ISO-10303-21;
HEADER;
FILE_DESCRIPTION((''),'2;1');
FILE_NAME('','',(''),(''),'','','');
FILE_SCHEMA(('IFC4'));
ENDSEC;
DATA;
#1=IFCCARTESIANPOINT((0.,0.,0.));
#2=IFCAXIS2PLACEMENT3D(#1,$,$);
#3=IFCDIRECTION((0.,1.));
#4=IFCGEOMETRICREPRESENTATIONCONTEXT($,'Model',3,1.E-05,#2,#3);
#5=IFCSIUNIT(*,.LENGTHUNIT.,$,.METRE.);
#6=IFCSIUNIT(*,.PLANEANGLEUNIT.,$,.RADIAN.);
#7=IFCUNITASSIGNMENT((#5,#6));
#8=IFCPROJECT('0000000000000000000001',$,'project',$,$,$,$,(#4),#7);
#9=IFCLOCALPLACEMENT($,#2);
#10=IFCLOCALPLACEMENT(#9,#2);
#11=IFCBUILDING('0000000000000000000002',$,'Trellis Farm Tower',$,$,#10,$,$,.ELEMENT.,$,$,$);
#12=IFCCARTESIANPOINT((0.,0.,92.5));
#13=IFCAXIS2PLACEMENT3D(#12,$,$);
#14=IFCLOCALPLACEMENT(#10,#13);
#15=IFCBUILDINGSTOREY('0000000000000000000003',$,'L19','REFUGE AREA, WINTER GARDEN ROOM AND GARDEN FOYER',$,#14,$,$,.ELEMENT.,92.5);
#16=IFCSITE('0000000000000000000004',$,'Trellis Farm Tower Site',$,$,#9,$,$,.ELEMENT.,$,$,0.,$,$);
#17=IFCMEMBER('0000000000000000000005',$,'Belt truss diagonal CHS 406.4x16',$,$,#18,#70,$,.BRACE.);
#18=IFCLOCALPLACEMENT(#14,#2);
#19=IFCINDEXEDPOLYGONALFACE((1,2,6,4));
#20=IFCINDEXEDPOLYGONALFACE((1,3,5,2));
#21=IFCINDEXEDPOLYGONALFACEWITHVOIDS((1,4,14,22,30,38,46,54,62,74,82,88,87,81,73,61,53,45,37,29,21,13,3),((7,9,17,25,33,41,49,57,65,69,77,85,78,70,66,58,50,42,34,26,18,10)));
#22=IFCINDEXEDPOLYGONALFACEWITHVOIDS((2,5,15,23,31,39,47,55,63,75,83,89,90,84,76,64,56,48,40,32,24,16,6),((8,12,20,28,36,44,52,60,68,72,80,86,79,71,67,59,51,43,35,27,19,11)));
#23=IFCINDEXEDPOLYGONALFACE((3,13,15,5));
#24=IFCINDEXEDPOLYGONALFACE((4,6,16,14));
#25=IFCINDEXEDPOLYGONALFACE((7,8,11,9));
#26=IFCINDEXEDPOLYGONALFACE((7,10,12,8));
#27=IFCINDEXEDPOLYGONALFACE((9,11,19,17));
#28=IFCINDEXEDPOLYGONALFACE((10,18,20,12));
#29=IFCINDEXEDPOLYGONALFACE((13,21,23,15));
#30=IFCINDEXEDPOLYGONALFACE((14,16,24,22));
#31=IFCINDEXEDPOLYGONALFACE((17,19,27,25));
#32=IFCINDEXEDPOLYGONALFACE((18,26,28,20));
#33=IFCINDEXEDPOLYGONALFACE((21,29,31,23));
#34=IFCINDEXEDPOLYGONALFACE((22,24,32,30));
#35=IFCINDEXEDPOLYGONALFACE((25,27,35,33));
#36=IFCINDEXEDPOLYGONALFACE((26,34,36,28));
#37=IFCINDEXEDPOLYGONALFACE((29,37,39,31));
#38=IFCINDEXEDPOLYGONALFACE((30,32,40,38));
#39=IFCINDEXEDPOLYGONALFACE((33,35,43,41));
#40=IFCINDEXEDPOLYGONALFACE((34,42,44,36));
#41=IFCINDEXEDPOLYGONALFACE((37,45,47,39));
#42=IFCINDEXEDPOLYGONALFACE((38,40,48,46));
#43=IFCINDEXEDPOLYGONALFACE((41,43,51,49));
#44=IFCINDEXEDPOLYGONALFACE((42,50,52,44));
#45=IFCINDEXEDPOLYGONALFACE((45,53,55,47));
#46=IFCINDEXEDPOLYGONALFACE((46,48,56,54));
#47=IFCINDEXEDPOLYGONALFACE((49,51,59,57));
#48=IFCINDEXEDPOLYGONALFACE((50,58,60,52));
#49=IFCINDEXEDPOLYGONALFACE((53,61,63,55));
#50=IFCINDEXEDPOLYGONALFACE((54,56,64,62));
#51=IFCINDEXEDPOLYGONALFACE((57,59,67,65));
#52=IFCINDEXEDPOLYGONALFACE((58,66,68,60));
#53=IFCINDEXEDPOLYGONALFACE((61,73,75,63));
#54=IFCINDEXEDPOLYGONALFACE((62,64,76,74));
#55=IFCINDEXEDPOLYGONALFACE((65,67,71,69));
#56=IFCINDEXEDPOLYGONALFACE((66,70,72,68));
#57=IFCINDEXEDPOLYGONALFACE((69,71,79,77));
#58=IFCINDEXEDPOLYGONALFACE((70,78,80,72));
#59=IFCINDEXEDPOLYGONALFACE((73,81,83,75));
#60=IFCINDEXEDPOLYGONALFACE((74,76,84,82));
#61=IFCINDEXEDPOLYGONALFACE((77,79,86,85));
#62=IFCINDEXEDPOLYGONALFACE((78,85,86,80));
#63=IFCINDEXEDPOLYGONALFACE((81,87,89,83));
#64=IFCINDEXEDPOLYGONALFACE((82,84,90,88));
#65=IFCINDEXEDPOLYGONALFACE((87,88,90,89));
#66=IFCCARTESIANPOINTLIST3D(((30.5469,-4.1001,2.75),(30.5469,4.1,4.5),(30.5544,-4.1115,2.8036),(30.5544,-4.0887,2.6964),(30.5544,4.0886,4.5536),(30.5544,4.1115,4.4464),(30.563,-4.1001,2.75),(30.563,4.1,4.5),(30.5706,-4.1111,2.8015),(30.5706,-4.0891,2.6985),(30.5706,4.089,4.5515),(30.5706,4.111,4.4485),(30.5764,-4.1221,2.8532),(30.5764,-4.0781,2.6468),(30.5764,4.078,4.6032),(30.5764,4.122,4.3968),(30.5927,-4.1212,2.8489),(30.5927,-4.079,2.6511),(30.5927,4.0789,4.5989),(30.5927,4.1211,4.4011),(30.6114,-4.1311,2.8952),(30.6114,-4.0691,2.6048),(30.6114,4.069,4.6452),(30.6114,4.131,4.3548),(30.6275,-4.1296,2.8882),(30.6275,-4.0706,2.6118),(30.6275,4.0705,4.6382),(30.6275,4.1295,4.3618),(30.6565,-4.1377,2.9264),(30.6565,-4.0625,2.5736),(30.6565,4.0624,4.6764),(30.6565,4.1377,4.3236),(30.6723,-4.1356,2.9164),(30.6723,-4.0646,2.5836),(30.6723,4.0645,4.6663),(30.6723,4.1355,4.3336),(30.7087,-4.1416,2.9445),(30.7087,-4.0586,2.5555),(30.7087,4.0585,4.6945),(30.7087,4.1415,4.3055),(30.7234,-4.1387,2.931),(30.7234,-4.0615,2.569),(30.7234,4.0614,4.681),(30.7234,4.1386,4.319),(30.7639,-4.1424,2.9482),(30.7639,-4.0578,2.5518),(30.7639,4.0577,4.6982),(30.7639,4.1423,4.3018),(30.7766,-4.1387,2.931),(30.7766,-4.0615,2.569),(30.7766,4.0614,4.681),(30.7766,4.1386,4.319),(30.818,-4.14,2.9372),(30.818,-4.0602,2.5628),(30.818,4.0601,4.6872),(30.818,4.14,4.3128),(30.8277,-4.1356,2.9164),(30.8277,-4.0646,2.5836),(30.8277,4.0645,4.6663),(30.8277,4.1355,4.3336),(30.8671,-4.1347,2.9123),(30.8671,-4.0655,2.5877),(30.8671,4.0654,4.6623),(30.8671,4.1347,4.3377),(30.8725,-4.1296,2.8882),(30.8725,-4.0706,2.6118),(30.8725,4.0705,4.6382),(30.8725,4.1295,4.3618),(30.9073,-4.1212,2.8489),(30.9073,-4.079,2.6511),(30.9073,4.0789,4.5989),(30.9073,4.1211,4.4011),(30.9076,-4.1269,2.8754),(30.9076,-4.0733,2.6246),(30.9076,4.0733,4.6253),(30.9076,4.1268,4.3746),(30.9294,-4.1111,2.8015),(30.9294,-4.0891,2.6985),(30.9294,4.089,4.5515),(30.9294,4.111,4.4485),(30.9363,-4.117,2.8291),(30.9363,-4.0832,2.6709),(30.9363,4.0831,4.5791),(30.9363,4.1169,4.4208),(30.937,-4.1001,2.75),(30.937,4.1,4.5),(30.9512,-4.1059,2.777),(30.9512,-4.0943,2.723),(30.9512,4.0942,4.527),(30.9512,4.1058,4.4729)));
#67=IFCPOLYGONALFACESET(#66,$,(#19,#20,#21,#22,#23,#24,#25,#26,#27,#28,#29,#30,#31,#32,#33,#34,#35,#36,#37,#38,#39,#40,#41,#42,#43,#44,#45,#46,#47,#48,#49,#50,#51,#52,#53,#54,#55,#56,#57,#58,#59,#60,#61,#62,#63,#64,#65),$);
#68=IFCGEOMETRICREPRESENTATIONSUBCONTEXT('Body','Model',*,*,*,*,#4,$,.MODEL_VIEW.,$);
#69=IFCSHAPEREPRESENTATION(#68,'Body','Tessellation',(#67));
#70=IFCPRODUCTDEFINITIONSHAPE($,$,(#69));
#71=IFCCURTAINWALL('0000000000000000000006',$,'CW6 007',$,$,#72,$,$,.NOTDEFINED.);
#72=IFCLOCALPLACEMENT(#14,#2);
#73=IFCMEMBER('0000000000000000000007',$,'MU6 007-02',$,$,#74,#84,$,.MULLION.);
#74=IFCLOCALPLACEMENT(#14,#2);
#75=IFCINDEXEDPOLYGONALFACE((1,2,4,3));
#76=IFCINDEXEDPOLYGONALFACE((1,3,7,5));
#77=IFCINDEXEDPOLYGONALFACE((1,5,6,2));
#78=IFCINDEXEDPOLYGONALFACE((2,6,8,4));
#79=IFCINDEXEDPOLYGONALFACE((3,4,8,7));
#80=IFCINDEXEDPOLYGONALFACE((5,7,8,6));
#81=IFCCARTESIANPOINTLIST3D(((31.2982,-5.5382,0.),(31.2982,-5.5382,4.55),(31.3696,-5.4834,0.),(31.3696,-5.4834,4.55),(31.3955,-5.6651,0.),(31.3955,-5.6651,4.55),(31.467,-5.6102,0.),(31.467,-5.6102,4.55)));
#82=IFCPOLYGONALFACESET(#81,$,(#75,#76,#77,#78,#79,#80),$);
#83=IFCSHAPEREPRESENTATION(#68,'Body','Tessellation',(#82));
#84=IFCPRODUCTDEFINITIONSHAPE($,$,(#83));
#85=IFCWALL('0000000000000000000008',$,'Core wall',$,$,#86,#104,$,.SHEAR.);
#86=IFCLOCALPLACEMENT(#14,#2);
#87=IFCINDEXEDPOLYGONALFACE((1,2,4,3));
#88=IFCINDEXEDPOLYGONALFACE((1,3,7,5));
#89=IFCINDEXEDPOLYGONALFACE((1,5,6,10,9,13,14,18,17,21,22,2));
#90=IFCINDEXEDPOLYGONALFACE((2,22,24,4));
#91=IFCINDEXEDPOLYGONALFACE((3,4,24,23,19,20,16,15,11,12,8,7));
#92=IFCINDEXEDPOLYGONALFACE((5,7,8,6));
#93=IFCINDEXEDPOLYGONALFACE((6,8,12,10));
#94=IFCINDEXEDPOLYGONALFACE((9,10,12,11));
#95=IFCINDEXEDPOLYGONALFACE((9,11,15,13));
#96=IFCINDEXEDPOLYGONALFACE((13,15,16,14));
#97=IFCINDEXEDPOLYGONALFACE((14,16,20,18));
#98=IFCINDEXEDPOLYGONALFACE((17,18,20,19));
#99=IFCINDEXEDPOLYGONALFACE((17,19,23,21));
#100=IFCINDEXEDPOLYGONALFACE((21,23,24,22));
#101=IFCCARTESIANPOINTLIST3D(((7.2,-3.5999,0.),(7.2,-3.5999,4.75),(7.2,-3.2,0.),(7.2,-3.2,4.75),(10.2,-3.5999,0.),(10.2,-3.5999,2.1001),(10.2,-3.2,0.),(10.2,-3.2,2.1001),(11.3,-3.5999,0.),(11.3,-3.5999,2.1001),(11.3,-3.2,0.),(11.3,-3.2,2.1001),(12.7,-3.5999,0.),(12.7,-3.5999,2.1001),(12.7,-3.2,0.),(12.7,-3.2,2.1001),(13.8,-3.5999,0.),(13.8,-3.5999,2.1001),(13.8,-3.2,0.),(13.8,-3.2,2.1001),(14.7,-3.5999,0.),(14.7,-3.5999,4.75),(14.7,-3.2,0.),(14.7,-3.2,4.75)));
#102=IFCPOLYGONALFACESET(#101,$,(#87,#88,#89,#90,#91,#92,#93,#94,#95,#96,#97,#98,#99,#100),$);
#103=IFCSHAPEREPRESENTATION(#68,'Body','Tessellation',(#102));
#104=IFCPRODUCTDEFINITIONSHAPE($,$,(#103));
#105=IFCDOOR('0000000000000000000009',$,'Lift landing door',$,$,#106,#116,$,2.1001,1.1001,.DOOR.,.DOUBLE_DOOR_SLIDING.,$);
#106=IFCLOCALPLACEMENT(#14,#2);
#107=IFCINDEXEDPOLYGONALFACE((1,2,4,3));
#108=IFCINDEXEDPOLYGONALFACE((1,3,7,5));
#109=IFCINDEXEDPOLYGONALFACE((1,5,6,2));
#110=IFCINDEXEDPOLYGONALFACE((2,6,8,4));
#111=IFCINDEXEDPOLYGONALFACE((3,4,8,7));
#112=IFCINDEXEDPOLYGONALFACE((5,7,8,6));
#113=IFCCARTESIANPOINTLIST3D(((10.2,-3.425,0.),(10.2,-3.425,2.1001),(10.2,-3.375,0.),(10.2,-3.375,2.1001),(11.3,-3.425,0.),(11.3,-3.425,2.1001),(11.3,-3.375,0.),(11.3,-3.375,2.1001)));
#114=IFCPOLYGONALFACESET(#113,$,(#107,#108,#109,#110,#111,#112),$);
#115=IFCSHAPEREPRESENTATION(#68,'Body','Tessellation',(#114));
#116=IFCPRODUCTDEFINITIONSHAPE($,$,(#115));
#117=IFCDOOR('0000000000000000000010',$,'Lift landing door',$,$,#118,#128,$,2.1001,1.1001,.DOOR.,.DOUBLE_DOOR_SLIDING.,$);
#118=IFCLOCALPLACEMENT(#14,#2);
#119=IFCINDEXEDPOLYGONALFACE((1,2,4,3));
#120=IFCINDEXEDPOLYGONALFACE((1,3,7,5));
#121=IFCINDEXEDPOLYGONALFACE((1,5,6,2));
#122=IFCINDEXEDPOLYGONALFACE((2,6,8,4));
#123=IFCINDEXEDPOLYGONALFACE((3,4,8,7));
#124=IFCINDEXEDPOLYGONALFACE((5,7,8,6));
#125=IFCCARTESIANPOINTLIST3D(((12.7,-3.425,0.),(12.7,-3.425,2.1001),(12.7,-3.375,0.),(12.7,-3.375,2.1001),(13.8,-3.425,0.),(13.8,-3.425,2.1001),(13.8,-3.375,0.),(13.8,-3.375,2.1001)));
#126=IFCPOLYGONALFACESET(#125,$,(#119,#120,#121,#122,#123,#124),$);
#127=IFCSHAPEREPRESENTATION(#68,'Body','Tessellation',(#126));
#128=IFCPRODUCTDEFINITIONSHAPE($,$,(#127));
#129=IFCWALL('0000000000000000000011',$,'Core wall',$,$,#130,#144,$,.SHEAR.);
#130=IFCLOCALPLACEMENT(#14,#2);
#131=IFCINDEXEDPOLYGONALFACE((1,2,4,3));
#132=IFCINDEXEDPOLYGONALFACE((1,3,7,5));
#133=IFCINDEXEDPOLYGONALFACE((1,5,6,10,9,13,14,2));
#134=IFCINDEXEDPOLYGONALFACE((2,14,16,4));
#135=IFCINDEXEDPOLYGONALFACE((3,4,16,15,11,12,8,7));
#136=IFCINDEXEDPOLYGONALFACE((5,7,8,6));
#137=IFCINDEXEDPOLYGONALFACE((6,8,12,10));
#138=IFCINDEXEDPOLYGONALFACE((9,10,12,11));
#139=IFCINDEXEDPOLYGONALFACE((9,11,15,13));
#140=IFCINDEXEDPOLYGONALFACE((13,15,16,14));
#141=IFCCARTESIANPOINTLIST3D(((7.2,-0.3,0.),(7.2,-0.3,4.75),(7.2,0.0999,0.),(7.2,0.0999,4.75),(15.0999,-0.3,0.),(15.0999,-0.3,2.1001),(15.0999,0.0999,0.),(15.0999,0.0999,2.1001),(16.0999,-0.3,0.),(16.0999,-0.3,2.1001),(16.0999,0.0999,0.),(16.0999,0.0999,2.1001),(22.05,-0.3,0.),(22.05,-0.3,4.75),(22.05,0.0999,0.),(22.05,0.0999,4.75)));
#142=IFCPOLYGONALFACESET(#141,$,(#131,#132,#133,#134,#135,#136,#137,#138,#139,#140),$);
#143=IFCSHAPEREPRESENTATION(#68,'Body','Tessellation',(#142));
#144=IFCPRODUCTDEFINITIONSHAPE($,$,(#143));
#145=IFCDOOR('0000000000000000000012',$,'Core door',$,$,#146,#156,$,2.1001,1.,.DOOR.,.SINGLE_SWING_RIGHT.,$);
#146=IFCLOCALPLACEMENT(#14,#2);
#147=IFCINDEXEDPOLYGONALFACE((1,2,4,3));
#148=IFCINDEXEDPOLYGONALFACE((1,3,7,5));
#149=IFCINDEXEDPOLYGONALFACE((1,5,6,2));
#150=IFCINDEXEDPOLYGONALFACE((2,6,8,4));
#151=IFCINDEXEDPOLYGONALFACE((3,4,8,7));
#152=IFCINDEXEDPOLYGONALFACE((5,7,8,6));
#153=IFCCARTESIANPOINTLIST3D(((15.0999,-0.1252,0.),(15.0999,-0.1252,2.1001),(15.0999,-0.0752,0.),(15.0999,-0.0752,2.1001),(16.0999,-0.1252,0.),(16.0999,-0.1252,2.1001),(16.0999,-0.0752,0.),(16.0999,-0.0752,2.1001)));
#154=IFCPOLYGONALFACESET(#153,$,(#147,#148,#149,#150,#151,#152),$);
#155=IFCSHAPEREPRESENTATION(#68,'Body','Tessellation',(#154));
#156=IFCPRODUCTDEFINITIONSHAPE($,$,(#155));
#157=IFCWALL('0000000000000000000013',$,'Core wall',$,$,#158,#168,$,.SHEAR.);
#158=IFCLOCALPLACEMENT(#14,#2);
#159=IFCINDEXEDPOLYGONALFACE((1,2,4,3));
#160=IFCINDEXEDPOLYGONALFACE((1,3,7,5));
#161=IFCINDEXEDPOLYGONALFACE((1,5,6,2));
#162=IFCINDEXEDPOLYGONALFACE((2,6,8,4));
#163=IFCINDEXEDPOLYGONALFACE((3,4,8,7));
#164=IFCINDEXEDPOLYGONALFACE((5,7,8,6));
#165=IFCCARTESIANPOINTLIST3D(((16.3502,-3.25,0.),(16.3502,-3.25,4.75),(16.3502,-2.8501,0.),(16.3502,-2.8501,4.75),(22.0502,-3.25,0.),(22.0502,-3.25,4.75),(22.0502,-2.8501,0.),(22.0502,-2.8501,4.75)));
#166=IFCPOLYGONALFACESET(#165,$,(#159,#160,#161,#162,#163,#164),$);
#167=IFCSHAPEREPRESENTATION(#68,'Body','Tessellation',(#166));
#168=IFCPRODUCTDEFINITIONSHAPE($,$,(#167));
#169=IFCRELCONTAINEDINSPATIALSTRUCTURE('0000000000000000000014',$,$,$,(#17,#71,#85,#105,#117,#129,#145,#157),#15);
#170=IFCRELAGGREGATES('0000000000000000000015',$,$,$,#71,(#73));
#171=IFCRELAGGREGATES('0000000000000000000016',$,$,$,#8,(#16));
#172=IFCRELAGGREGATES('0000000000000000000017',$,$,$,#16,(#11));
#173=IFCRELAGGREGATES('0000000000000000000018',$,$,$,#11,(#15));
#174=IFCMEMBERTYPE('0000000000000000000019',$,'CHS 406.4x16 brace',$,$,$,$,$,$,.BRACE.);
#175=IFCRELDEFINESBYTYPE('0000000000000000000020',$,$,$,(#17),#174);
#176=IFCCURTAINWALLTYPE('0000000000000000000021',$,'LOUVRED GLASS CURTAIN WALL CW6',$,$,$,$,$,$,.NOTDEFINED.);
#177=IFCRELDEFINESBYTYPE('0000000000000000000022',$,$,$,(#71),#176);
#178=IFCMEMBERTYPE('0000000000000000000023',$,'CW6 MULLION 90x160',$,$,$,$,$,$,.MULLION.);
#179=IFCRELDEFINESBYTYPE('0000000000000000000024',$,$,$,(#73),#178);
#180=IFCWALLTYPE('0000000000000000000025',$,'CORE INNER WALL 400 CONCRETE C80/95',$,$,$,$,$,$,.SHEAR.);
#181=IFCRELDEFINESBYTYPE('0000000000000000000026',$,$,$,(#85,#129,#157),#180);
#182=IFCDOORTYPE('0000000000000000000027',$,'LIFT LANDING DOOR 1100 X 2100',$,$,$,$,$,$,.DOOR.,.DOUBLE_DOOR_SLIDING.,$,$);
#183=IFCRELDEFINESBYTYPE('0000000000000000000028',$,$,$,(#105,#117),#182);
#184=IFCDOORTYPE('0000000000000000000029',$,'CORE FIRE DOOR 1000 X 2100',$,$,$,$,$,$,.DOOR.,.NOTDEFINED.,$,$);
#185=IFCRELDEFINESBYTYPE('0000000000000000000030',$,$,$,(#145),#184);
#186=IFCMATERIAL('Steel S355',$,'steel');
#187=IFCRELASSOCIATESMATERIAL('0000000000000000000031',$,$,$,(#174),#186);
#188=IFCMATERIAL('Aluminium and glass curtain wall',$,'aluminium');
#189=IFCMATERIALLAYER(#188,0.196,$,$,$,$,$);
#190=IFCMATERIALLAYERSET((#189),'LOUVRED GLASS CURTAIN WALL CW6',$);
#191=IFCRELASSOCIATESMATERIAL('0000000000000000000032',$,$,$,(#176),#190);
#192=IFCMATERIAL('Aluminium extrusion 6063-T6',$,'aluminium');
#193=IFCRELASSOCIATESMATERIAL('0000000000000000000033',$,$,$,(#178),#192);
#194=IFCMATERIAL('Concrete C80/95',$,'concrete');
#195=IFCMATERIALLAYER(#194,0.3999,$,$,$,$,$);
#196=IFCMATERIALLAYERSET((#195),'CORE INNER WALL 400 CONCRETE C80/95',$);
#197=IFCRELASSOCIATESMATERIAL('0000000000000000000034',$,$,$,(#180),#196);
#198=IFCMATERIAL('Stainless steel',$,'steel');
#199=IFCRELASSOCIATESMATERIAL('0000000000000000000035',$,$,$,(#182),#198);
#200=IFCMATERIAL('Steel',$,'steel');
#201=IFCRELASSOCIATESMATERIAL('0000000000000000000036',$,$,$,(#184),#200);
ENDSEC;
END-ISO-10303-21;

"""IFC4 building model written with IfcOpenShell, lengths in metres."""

from ifc_helpers import new_model, si_unit, direction, frame, frame_2d, origin, origin_2d, place, context, subcontext, project, spatial, rectangle, hollow_circle, extrude, source, transform, mapped, material, layer, layer_set, material_profile, profile_set, type_object, element, fill, aggregate, save


model = new_model("IFC4")

# Units and contexts
model_context = context("Model", 3, precision=1e-05, world=origin(), true_north=direction((0.0, 1.0)))
body_context = subcontext(model_context, "Body", "Model", "MODEL_VIEW")
ifc_project = project(units=[si_unit("LENGTHUNIT", "METRE"), si_unit("PLANEANGLEUNIT", "RADIAN")], contexts=[model_context])

# Site, building, storey
site_placement = place(None, origin())
site = spatial("IfcSite", under=ifc_project, at=site_placement, Name="Trellis Farm Tower Site", CompositionType="ELEMENT", RefElevation=0.0)
building_placement = place(site_placement, origin())
building = spatial("IfcBuilding", under=site, at=building_placement, Name="Trellis Farm Tower", CompositionType="ELEMENT")
storey_placement = place(building_placement, frame((0.0, 0.0, 92.5)))
storey = spatial("IfcBuildingStorey", under=building, at=storey_placement, Name="L19", Description="REFUGE AREA, WINTER GARDEN ROOM AND GARDEN FOYER", CompositionType="ELEMENT", Elevation=92.5)

# Shared definitions
ifc_material_1 = material(Name="Concrete C80/95", Category="concrete")

# Shared definitions
ifc_material_2 = material(Name="Steel S355", Category="steel")

# Member
ifc_material_profile_1 = material_profile(ifc_material_2, hollow_circle(Radius=0.2031, WallThickness=0.0161, at=origin_2d()), Name="CHS 406.4x16")
ifc_profile_set_1 = profile_set([ifc_material_profile_1], Name="Steel S355")
member_type_1 = type_object("IfcMemberType", Name="CHS 406.4x16 brace", PredefinedType="BRACE", material=ifc_profile_set_1)
shared_shape_1 = source(origin(), body_context, "Body", "SweptSolid", [
    extrude(hollow_circle(Radius=0.2031, WallThickness=0.0161, at=origin_2d()), origin(), (0.0, 0.0, 1.0), 8.3848),
])
member_1_placement = place(storey_placement, frame((30.75, -4.1001, 2.75), z_axis=(0.0, 0.977978, 0.20871), x_axis=(-1.0, 0.0, 0.0)))
element("IfcMember", 1, at=member_1_placement, inside=storey, type_object=member_type_1, Name="Belt truss diagonal CHS 406.4x16", PredefinedType="BRACE", context=body_context, shape_type="MappedRepresentation", body=[
    mapped(shared_shape_1, transform((0.0, 0.0, 0.0))),
])

# Curtain wall, member
ifc_material_3 = material(Name="Aluminium and glass curtain wall", Category="aluminium")
ifc_layer_1 = layer(ifc_material_3, 0.196)
ifc_layer_set_1 = layer_set([ifc_layer_1], Name="LOUVRED GLASS CURTAIN WALL CW6")
curtain_wall_type = type_object("IfcCurtainWallType", Name="LOUVRED GLASS CURTAIN WALL CW6", PredefinedType="NOTDEFINED", material=ifc_layer_set_1)
placement = place(storey_placement, origin())
curtain_wall = element("IfcCurtainWall", 2, at=placement, inside=storey, type_object=curtain_wall_type, Name="CW6 007", PredefinedType="NOTDEFINED")
ifc_material_4 = material(Name="Aluminium extrusion 6063-T6", Category="aluminium")
ifc_material_profile_2 = material_profile(ifc_material_4, rectangle(XDim=0.0901, YDim=0.1599, at=origin_2d()), Name="MULLION 90x160")
ifc_profile_set_2 = profile_set([ifc_material_profile_2], Name="Aluminium extrusion 6063-T6")
member_type_2 = type_object("IfcMemberType", Name="CW6 MULLION 90x160", PredefinedType="MULLION", material=ifc_profile_set_2)
shared_shape_2 = source(origin(), body_context, "Body", "SweptSolid", [
    extrude(rectangle(XDim=0.0901, YDim=0.1599, at=origin_2d()), origin(), (0.0, 0.0, 1.0), 4.55),
])
member_2_placement = place(storey_placement, frame((31.3826, -5.5742, 0.0), z_axis=(0.0, 0.0, 1.0), x_axis=(0.793353, 0.608761, 0.0)))
member_2 = element("IfcMember", 3, at=member_2_placement, type_object=member_type_2, Name="MU6 007-02", PredefinedType="MULLION", context=body_context, shape_type="MappedRepresentation", body=[
    mapped(shared_shape_2, transform((0.0, 0.0, 0.0))),
])
aggregate(curtain_wall, [member_2])

# Wall, openings, doors
ifc_layer_2 = layer(ifc_material_1, 0.3999)
ifc_layer_set_2 = layer_set([ifc_layer_2], Name="CORE INNER WALL 400 CONCRETE C80/95")
wall_type_1 = type_object("IfcWallType", Name="CORE INNER WALL 400 CONCRETE C80/95", PredefinedType="SHEAR", material=ifc_layer_set_2)
shared_shape_3 = source(origin(), body_context, "Body", "SweptSolid", [
    extrude(rectangle(XDim=7.5, YDim=0.3999, at=frame_2d((3.75, 0.0))), origin(), (0.0, 0.0, 1.0), 4.75),
])
wall_1_placement = place(storey_placement, frame((7.2, -3.3999, 0.0), z_axis=(0.0, 0.0, 1.0), x_axis=(1.0, 0.0, 0.0)))
wall_1 = element("IfcWall", 4, at=wall_1_placement, inside=storey, type_object=wall_type_1, Name="Core wall", PredefinedType="SHEAR", context=body_context, shape_type="MappedRepresentation", body=[
    mapped(shared_shape_3, transform((0.0, 0.0, 0.0))),
])
shared_shape_4 = source(origin(), body_context, "Body", "SweptSolid", [
    extrude(rectangle(XDim=1.1001, YDim=2.1001, at=frame_2d((0.55, 1.05))), frame((0.0, 0.21, 0.0), z_axis=(0.0, -1.0, 0.0), x_axis=(1.0, 0.0, 0.0)), (0.0, 0.0, 1.0), 0.4199),
])
opening_1_placement = place(wall_1_placement, frame((3.0, 0.0, 0.0)))
opening_1 = element("IfcOpeningElement", 5, at=opening_1_placement, cuts=wall_1, PredefinedType="OPENING", context=body_context, shape_type="MappedRepresentation", body=[
    mapped(shared_shape_4, transform((0.0, 0.0, 0.0))),
])
opening_2_placement = place(wall_1_placement, frame((5.5, 0.0, 0.0)))
opening_2 = element("IfcOpeningElement", 6, at=opening_2_placement, cuts=wall_1, PredefinedType="OPENING", context=body_context, shape_type="MappedRepresentation", body=[
    mapped(shared_shape_4, transform((0.0, 0.0, 0.0))),
])
ifc_material_5 = material(Name="Stainless steel", Category="steel")
door_type_1 = type_object("IfcDoorType", Name="LIFT LANDING DOOR 1100 X 2100", OperationType="DOUBLE_DOOR_SLIDING", PredefinedType="DOOR", material=ifc_material_5)
shared_shape_5 = source(origin(), body_context, "Body", "SweptSolid", [
    extrude(rectangle(XDim=1.1001, YDim=2.1001, at=frame_2d((0.55, 1.05))), frame((0.0, 0.0249, 0.0), z_axis=(0.0, -1.0, 0.0), x_axis=(1.0, 0.0, 0.0)), (0.0, 0.0, 1.0), 0.05),
])
door_1_placement = place(opening_1_placement, origin())
door_1 = element("IfcDoor", 7, at=door_1_placement, inside=storey, type_object=door_type_1, Name="Lift landing door", OperationType="DOUBLE_DOOR_SLIDING", OverallHeight=2.1001, OverallWidth=1.1001, PredefinedType="DOOR", context=body_context, shape_type="MappedRepresentation", body=[
    mapped(shared_shape_5, transform((0.0, 0.0, 0.0))),
])
fill(opening_1, door_1)
door_2_placement = place(opening_2_placement, origin())
door_2 = element("IfcDoor", 8, at=door_2_placement, inside=storey, type_object=door_type_1, Name="Lift landing door", OperationType="DOUBLE_DOOR_SLIDING", OverallHeight=2.1001, OverallWidth=1.1001, PredefinedType="DOOR", context=body_context, shape_type="MappedRepresentation", body=[
    mapped(shared_shape_5, transform((0.0, 0.0, 0.0))),
])
fill(opening_2, door_2)

# Wall, opening, door
shared_shape_6 = source(origin(), body_context, "Body", "SweptSolid", [
    extrude(rectangle(XDim=14.8501, YDim=0.3999, at=frame_2d((7.425, 0.0))), origin(), (0.0, 0.0, 1.0), 4.75),
])
wall_2_placement = place(storey_placement, frame((7.2, -0.1001, 0.0), z_axis=(0.0, 0.0, 1.0), x_axis=(1.0, 0.0, 0.0)))
wall_2 = element("IfcWall", 9, at=wall_2_placement, inside=storey, type_object=wall_type_1, Name="Core wall", PredefinedType="SHEAR", context=body_context, shape_type="MappedRepresentation", body=[
    mapped(shared_shape_6, transform((0.0, 0.0, 0.0))),
])
shared_shape_7 = source(origin(), body_context, "Body", "SweptSolid", [
    extrude(rectangle(XDim=1.0, YDim=2.1001, at=frame_2d((0.5, 1.05))), frame((0.0, 0.21, 0.0), z_axis=(0.0, -1.0, 0.0), x_axis=(1.0, 0.0, 0.0)), (0.0, 0.0, 1.0), 0.4199),
])
opening_3_placement = place(wall_2_placement, frame((7.8999, 0.0, 0.0)))
opening_3 = element("IfcOpeningElement", 10, at=opening_3_placement, cuts=wall_2, PredefinedType="OPENING", context=body_context, shape_type="MappedRepresentation", body=[
    mapped(shared_shape_7, transform((0.0, 0.0, 0.0))),
])
ifc_material_6 = material(Name="Steel", Category="steel")
door_type_2 = type_object("IfcDoorType", Name="CORE FIRE DOOR 1000 X 2100", OperationType="NOTDEFINED", PredefinedType="DOOR", material=ifc_material_6)
shared_shape_8 = source(origin(), body_context, "Body", "SweptSolid", [
    extrude(rectangle(XDim=1.0, YDim=2.1001, at=frame_2d((0.5, 1.05))), frame((0.0, 0.0249, 0.0), z_axis=(0.0, -1.0, 0.0), x_axis=(1.0, 0.0, 0.0)), (0.0, 0.0, 1.0), 0.05),
])
door_3_placement = place(opening_3_placement, origin())
door_3 = element("IfcDoor", 11, at=door_3_placement, inside=storey, type_object=door_type_2, Name="Core door", OperationType="SINGLE_SWING_RIGHT", OverallHeight=2.1001, OverallWidth=1.0, PredefinedType="DOOR", context=body_context, shape_type="MappedRepresentation", body=[
    mapped(shared_shape_8, transform((0.0, 0.0, 0.0))),
])
fill(opening_3, door_3)

# Wall
shared_shape_9 = source(origin(), body_context, "Body", "SweptSolid", [
    extrude(rectangle(XDim=5.7, YDim=0.3999, at=frame_2d((2.8501, 0.0))), origin(), (0.0, 0.0, 1.0), 4.75),
])
wall_3_placement = place(storey_placement, frame((16.3501, -3.05, 0.0), z_axis=(0.0, 0.0, 1.0), x_axis=(1.0, 0.0, 0.0)))
element("IfcWall", 12, at=wall_3_placement, inside=storey, type_object=wall_type_1, Name="Core wall", PredefinedType="SHEAR", context=body_context, shape_type="MappedRepresentation", body=[
    mapped(shared_shape_9, transform((0.0, 0.0, 0.0))),
])

save(model, "model.ifc")
